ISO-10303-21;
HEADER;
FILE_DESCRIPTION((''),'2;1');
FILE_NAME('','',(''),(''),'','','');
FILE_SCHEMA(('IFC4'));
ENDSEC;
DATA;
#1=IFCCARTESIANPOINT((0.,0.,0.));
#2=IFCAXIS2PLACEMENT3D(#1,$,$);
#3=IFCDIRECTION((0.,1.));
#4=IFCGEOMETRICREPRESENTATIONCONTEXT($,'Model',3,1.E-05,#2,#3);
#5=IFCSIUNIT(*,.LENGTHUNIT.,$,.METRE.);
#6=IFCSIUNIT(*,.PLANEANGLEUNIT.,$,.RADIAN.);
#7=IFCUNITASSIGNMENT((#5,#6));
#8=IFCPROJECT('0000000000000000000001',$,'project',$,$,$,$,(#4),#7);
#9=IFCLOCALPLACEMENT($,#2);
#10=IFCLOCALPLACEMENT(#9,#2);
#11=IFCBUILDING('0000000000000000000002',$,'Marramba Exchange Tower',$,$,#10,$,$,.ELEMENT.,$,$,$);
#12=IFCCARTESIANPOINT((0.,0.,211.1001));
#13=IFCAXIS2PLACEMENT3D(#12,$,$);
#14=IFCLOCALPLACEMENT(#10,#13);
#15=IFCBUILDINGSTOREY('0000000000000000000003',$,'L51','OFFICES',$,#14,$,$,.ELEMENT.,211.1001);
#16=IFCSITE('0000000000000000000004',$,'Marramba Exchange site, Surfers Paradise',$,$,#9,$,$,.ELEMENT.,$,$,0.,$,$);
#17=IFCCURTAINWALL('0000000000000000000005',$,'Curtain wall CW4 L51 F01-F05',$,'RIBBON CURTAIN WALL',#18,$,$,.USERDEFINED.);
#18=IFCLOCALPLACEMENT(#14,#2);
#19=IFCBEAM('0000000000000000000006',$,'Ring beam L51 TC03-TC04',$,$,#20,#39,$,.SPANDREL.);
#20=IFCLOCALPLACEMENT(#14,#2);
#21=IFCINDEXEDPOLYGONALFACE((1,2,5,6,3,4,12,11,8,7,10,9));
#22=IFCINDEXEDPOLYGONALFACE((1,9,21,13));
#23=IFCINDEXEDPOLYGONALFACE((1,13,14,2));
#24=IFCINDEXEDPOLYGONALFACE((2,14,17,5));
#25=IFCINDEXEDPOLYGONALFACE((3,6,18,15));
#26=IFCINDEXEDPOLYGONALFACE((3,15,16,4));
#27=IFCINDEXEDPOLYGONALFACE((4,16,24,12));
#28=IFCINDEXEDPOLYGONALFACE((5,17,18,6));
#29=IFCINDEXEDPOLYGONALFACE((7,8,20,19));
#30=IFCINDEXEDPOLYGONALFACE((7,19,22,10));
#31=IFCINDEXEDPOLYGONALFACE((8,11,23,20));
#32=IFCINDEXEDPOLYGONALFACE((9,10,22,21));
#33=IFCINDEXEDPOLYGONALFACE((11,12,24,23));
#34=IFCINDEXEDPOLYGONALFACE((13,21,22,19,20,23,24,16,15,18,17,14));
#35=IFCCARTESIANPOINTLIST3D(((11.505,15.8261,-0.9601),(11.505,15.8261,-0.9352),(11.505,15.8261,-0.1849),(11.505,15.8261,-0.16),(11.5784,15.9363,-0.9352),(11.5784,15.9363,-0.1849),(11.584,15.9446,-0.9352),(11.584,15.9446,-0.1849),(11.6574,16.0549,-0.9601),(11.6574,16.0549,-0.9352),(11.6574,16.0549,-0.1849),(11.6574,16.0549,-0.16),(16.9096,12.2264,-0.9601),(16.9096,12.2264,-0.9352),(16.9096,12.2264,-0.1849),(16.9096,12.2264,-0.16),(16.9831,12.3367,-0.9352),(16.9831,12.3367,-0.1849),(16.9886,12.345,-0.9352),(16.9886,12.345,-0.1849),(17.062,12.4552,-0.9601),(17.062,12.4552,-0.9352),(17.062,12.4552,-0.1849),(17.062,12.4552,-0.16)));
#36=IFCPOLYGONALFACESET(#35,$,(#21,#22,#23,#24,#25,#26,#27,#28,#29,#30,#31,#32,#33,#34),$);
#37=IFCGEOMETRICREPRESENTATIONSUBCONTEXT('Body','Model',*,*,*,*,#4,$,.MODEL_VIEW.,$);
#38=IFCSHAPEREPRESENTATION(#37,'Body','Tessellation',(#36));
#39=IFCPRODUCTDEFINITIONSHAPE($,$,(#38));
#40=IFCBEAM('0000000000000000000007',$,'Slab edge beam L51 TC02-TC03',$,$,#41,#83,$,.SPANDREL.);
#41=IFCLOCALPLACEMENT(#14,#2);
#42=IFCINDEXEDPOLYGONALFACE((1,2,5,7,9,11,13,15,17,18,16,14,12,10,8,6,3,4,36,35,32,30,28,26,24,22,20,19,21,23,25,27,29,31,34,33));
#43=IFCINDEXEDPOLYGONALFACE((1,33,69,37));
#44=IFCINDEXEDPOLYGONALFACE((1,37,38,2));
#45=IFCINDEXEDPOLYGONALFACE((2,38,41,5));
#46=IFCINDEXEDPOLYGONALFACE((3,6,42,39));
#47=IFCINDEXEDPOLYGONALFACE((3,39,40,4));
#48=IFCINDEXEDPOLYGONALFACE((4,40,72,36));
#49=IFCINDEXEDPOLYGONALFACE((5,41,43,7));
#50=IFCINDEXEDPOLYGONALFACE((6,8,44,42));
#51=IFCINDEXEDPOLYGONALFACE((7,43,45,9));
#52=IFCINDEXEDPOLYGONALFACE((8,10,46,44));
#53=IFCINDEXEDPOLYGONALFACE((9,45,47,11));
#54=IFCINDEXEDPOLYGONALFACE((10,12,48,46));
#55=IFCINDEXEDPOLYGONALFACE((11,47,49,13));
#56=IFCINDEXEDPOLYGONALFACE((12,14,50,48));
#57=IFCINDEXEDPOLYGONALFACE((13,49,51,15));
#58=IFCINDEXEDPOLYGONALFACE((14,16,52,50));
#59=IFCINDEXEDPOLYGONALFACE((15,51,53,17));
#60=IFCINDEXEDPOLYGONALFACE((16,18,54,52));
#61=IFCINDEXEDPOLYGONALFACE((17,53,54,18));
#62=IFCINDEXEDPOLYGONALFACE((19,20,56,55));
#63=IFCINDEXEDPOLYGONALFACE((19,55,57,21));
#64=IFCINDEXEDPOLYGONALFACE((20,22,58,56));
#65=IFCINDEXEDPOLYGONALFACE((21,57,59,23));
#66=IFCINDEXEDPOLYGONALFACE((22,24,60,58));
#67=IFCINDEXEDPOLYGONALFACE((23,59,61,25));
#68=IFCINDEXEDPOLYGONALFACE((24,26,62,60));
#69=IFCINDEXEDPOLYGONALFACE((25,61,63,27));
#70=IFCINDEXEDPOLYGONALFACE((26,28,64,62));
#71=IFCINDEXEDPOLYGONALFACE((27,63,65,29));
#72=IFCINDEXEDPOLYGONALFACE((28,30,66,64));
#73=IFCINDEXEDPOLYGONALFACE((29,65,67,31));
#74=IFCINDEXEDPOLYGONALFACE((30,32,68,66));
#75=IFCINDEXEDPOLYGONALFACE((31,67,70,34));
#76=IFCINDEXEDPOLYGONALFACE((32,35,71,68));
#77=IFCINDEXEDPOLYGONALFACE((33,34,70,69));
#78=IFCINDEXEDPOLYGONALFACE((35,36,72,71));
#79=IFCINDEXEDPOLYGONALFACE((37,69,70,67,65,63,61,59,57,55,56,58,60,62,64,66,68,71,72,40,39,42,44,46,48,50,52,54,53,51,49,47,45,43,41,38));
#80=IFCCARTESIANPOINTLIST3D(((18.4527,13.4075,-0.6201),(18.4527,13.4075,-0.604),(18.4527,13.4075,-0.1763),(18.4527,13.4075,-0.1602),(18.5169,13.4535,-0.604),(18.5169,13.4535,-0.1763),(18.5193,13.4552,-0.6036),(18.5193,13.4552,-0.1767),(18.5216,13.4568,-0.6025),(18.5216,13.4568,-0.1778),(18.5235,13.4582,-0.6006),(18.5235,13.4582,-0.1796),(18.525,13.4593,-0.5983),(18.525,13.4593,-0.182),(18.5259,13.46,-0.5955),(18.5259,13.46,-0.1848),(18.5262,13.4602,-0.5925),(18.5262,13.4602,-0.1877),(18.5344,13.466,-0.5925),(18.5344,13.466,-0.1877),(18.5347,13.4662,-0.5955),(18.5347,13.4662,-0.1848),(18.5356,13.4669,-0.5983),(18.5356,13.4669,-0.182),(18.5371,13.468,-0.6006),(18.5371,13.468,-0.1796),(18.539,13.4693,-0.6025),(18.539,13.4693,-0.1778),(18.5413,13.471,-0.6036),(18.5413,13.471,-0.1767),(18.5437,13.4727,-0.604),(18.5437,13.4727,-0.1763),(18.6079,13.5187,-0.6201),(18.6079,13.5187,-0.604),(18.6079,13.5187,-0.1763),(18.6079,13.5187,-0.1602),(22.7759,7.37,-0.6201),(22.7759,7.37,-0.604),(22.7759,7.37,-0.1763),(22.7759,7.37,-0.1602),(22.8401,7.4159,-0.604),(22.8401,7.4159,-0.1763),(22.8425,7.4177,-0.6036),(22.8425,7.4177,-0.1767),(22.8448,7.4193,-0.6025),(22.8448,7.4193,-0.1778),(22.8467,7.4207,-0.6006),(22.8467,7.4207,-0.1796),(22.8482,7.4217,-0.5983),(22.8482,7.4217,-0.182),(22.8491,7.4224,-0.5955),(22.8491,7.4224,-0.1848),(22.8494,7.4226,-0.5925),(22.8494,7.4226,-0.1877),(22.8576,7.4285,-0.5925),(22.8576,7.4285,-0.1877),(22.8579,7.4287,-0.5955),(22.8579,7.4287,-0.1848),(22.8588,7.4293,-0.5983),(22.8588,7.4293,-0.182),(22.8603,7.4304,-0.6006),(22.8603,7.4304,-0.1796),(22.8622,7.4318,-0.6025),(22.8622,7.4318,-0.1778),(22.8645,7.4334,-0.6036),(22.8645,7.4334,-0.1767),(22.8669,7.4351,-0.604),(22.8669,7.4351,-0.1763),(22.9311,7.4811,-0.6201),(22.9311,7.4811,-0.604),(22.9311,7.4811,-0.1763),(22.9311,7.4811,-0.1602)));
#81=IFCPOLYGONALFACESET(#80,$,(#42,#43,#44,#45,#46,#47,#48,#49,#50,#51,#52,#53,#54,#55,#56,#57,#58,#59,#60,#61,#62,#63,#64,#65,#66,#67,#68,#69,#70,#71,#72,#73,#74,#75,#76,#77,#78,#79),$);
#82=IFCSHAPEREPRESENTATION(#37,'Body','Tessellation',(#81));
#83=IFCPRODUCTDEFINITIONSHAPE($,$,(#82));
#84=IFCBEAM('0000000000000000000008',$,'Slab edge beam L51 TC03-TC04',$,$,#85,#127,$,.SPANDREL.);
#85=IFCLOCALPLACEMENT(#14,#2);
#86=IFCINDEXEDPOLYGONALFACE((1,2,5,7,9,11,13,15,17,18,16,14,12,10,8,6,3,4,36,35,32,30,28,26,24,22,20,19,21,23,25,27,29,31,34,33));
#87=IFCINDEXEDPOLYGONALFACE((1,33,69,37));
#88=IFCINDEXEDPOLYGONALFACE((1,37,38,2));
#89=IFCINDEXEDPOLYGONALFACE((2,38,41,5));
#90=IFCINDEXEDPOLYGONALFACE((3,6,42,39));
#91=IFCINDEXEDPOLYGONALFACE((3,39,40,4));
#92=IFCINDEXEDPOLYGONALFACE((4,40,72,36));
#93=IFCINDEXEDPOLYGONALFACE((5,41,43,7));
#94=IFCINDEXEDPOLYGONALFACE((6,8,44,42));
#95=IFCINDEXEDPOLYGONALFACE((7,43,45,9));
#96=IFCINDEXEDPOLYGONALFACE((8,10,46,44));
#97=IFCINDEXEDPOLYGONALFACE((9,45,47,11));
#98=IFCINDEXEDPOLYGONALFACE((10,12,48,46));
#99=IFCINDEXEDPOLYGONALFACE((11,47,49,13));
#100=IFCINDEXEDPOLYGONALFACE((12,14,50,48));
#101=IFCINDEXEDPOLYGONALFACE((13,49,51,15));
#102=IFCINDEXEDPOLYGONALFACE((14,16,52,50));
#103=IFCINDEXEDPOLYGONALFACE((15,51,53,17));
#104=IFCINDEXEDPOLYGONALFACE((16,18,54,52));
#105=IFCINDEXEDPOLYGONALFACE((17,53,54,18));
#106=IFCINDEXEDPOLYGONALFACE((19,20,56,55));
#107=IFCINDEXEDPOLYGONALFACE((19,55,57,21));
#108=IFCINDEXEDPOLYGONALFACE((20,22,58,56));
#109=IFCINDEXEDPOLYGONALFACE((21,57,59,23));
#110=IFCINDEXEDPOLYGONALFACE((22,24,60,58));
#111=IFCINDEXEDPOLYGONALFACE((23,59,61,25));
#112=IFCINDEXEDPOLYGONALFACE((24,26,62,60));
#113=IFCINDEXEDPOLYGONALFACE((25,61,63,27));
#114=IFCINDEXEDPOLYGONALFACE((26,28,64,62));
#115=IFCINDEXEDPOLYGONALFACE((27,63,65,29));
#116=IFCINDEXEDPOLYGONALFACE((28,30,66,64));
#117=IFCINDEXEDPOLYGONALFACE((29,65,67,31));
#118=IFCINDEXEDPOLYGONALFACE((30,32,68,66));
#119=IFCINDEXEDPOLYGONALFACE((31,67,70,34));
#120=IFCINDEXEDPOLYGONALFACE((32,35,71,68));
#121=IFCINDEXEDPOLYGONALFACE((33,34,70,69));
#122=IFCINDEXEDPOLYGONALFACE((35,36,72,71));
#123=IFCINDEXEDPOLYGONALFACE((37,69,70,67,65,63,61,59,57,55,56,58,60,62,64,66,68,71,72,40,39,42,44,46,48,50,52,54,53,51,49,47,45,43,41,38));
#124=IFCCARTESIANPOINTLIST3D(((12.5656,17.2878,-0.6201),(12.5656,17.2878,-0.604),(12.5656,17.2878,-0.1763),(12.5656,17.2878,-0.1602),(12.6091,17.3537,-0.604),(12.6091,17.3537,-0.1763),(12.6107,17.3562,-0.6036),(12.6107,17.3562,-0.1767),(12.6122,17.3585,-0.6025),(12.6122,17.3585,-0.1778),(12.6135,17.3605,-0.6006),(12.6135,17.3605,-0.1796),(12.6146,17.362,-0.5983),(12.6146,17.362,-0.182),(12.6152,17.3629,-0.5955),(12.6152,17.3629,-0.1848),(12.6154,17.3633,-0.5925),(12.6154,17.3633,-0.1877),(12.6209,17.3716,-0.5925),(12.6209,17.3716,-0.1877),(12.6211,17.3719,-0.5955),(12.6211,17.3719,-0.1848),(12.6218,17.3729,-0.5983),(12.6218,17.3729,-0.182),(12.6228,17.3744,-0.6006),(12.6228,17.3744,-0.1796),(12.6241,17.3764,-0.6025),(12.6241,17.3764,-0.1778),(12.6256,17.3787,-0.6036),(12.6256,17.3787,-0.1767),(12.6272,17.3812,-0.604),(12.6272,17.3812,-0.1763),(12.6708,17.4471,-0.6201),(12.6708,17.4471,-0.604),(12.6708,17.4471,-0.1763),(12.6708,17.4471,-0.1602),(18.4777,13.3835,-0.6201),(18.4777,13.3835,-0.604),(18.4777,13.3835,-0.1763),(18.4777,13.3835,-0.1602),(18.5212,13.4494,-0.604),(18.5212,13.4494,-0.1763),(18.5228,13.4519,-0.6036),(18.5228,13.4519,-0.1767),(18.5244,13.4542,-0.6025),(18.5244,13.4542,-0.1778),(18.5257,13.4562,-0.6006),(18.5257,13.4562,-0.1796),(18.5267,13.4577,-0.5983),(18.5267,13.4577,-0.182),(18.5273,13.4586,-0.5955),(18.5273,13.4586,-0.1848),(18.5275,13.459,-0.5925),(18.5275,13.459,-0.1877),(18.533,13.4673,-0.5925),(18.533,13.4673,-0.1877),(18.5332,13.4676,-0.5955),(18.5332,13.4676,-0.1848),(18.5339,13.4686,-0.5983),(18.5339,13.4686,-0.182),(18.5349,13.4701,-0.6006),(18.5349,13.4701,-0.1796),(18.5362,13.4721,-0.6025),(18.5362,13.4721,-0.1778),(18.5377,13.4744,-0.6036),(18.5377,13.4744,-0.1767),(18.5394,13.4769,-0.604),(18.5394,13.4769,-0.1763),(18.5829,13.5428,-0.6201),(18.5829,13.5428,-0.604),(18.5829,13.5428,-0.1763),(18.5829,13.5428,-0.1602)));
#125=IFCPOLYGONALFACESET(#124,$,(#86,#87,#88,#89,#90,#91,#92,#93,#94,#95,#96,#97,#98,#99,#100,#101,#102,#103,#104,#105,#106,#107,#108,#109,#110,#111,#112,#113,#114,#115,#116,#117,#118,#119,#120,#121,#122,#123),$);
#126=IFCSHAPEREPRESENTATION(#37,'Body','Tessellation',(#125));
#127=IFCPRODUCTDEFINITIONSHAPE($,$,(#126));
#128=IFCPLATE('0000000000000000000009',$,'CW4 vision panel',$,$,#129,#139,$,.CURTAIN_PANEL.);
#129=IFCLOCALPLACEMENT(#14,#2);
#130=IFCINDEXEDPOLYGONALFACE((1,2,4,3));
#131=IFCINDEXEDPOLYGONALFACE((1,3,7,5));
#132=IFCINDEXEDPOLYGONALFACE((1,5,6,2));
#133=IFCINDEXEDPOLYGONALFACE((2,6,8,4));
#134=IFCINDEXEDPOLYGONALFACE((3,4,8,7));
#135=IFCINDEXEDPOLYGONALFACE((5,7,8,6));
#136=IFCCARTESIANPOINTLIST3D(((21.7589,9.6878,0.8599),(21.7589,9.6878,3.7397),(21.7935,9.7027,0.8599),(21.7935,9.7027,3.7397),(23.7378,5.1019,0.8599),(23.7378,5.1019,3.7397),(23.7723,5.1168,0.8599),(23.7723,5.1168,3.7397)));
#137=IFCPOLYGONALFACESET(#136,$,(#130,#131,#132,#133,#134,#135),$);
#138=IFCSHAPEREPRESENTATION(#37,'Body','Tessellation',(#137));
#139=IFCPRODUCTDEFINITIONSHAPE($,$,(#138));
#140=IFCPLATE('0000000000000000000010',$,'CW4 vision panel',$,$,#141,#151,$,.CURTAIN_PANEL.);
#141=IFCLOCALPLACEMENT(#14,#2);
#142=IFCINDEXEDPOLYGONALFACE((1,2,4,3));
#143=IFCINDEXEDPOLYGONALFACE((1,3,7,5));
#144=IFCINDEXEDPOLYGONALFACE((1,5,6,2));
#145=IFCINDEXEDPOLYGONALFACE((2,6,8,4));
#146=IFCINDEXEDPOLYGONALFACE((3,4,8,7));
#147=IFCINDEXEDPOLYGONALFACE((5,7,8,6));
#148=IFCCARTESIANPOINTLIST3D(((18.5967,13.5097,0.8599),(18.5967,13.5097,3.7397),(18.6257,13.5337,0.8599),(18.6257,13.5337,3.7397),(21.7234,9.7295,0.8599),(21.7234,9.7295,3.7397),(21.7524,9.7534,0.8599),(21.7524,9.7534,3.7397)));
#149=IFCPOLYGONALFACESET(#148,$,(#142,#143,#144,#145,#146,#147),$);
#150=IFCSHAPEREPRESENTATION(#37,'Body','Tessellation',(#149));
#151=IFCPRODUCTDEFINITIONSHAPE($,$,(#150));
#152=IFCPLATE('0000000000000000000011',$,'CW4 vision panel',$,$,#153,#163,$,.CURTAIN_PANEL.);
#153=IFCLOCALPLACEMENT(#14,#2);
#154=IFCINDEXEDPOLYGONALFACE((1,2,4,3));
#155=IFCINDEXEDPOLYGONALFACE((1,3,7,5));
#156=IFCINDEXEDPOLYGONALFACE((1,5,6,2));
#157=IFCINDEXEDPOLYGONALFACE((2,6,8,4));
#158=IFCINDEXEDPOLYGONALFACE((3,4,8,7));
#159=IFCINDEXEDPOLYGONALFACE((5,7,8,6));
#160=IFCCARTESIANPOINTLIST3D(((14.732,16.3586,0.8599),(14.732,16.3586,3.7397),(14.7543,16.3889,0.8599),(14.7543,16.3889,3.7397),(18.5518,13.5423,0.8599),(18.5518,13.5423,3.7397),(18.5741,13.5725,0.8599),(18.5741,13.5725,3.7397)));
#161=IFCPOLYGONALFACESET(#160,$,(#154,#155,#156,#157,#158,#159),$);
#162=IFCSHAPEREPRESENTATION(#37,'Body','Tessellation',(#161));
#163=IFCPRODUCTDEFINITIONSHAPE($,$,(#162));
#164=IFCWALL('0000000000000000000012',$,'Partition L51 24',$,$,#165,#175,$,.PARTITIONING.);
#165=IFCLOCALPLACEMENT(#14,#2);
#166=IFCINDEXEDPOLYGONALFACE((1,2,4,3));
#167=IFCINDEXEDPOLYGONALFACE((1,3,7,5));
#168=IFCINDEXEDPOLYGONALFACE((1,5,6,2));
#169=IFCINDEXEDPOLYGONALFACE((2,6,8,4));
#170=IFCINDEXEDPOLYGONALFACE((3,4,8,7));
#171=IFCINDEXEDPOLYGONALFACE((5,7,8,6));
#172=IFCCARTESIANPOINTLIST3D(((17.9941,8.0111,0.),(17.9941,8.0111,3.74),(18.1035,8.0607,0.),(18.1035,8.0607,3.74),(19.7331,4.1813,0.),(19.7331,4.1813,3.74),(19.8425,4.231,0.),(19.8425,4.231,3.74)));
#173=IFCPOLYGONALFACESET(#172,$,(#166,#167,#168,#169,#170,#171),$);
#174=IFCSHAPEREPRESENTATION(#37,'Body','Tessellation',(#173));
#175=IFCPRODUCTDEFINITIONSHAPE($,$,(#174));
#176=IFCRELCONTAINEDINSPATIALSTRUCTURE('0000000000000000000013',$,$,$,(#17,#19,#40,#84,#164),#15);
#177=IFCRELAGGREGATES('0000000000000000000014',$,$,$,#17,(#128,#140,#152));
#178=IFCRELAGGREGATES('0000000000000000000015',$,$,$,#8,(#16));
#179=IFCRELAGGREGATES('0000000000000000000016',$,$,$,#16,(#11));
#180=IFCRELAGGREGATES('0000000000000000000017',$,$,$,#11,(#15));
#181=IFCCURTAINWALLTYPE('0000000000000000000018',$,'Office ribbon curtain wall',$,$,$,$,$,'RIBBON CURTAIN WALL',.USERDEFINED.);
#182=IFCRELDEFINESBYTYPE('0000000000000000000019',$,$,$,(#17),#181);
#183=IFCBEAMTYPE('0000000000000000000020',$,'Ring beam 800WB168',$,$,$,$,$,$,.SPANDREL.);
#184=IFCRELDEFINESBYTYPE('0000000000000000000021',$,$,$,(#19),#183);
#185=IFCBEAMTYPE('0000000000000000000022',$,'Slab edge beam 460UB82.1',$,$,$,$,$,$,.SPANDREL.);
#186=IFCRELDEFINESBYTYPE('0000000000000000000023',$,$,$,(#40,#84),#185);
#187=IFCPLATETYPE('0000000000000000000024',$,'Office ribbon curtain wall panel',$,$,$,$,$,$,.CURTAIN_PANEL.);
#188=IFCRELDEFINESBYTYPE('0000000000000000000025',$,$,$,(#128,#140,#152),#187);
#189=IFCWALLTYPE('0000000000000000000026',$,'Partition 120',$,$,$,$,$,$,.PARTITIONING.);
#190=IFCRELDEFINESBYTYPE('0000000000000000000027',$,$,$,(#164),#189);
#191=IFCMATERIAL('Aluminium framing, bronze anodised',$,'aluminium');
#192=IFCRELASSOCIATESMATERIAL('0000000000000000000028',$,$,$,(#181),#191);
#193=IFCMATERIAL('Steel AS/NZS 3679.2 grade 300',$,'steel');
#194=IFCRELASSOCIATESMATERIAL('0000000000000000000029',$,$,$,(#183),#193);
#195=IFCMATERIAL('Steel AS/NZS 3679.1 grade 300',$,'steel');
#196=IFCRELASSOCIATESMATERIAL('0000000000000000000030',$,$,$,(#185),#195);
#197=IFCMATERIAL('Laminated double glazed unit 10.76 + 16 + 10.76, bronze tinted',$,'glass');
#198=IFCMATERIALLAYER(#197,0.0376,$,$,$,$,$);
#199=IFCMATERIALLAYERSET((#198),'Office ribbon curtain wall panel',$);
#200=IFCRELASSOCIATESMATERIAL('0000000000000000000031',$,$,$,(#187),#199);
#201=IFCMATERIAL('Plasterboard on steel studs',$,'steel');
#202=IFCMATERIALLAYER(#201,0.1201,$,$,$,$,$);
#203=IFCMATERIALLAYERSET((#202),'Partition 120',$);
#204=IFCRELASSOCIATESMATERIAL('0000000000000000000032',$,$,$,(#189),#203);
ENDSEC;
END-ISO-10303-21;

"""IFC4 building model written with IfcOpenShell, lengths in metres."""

from ifc_helpers import new_model, si_unit, direction, frame, frame_2d, origin, origin_2d, place, context, subcontext, project, spatial, rectangle, i_section, extrude, material, layer, layer_set, material_profile, profile_set, type_object, element, aggregate, save


model = new_model("IFC4")

# Units and contexts
model_context = context("Model", 3, precision=1e-05, world=origin(), true_north=direction((0.0, 1.0)))
body_context = subcontext(model_context, "Body", "Model", "MODEL_VIEW")
ifc_project = project(units=[si_unit("LENGTHUNIT", "METRE"), si_unit("PLANEANGLEUNIT", "RADIAN")], contexts=[model_context])

# Site, building, storey
site_placement = place(None, origin())
site = spatial("IfcSite", under=ifc_project, at=site_placement, Name="Marramba Exchange site, Surfers Paradise", CompositionType="ELEMENT", RefElevation=0.0)
building_placement = place(site_placement, origin())
building = spatial("IfcBuilding", under=site, at=building_placement, Name="Marramba Exchange Tower", CompositionType="ELEMENT")
storey_placement = place(building_placement, frame((0.0, 0.0, 211.1001)))
storey = spatial("IfcBuildingStorey", under=building, at=storey_placement, Name="L51", Description="OFFICES", CompositionType="ELEMENT", Elevation=211.1001)

# Shared definitions
ifc_material_1 = material(Name="Steel AS/NZS 3679.2 grade 300", Category="steel")
ifc_material_2 = material(Name="Steel AS/NZS 3679.1 grade 300", Category="steel")

# Curtain wall
ifc_material_3 = material(Name="Aluminium framing, bronze anodised", Category="aluminium")
curtain_wall_type = type_object("IfcCurtainWallType", Name="Office ribbon curtain wall", ElementType="RIBBON CURTAIN WALL", PredefinedType="USERDEFINED", material=ifc_material_3)
curtain_wall_placement = place(storey_placement, origin())
curtain_wall = element("IfcCurtainWall", 1, at=curtain_wall_placement, inside=storey, type_object=curtain_wall_type, Name="Curtain wall CW4 L51 F01-F05", ObjectType="RIBBON CURTAIN WALL", PredefinedType="USERDEFINED")

# Beams
ifc_material_profile_1 = material_profile(ifc_material_1, i_section(OverallWidth=0.2749, OverallDepth=0.8, WebThickness=0.01, FlangeThickness=0.0249, at=origin_2d()), Name="800WB168")
ifc_profile_set_1 = profile_set([ifc_material_profile_1], Name="Steel AS/NZS 3679.2 grade 300")
beam_type_1 = type_object("IfcBeamType", Name="Ring beam 800WB168", PredefinedType="SPANDREL", material=ifc_profile_set_1)
beam_1_placement = place(storey_placement, frame((16.9858, 12.3408, -0.5601), z_axis=(-0.832293, 0.554336, 0.0), x_axis=(-0.554336, -0.832293, 0.0)))
element("IfcBeam", 2, at=beam_1_placement, inside=storey, type_object=beam_type_1, Name="Ring beam L51 TC03-TC04", PredefinedType="SPANDREL", context=body_context, shape_type="SweptSolid", body=[
    extrude(i_section(OverallWidth=0.2749, OverallDepth=0.8, WebThickness=0.01, FlangeThickness=0.0249, at=origin_2d()), origin(), (0.0, 0.0, 1.0), 6.4937),
])
ifc_material_profile_2 = material_profile(ifc_material_2, i_section(OverallWidth=0.1909, OverallDepth=0.46, WebThickness=0.01, FlangeThickness=0.0161, FilletRadius=0.0115, at=origin_2d()), Name="460UB82.1")
ifc_profile_set_2 = profile_set([ifc_material_profile_2], Name="Steel AS/NZS 3679.1 grade 300")
beam_type_2 = type_object("IfcBeamType", Name="Slab edge beam 460UB82.1", PredefinedType="SPANDREL", material=ifc_profile_set_2)
beam_2_placement = place(storey_placement, frame((22.8535, 7.4255, -0.3901), z_axis=(-0.582189, 0.813053, 0.0), x_axis=(-0.813053, -0.582189, 0.0)))
element("IfcBeam", 3, at=beam_2_placement, inside=storey, type_object=beam_type_2, Name="Slab edge beam L51 TC02-TC03", PredefinedType="SPANDREL", context=body_context, shape_type="SweptSolid", body=[
    extrude(i_section(OverallWidth=0.1909, OverallDepth=0.46, WebThickness=0.01, FlangeThickness=0.0161, FilletRadius=0.0115, at=origin_2d()), origin(), (0.0, 0.0, 1.0), 7.4258),
])
beam_3_placement = place(storey_placement, frame((18.5303, 13.4631, -0.3901), z_axis=(-0.83446, 0.551069, 0.0), x_axis=(-0.551069, -0.83446, 0.0)))
element("IfcBeam", 4, at=beam_3_placement, inside=storey, type_object=beam_type_2, Name="Slab edge beam L51 TC03-TC04", PredefinedType="SPANDREL", context=body_context, shape_type="SweptSolid", body=[
    extrude(i_section(OverallWidth=0.1909, OverallDepth=0.46, WebThickness=0.01, FlangeThickness=0.0161, FilletRadius=0.0115, at=origin_2d()), origin(), (0.0, 0.0, 1.0), 7.085),
])

# Plates
ifc_material_4 = material(Name="Laminated double glazed unit 10.76 + 16 + 10.76, bronze tinted", Category="glass")
ifc_layer_1 = layer(ifc_material_4, 0.0376)
ifc_layer_set_1 = layer_set([ifc_layer_1], Name="Office ribbon curtain wall panel")
plate_type = type_object("IfcPlateType", Name="Office ribbon curtain wall panel", PredefinedType="CURTAIN_PANEL", material=ifc_layer_set_1)
plate_1_placement = place(storey_placement, frame((22.7656, 7.4023, 0.8599), z_axis=(0.0, 0.0, 1.0), x_axis=(-0.396193, 0.918167, 0.0)))
plate_1 = element("IfcPlate", 5, at=plate_1_placement, type_object=plate_type, Name="CW4 vision panel", PredefinedType="CURTAIN_PANEL", context=body_context, shape_type="SweptSolid", body=[
    extrude(rectangle(XDim=4.9946, YDim=0.0376, at=origin_2d()), origin(), (0.0, 0.0, 1.0), 2.8799),
])
plate_2_placement = place(storey_placement, frame((20.1746, 11.6316, 0.8599), z_axis=(0.0, 0.0, 1.0), x_axis=(-0.63735, 0.770574, 0.0)))
plate_2 = element("IfcPlate", 6, at=plate_2_placement, type_object=plate_type, Name="CW4 vision panel", PredefinedType="CURTAIN_PANEL", context=body_context, shape_type="SweptSolid", body=[
    extrude(rectangle(XDim=4.9058, YDim=0.0376, at=origin_2d()), origin(), (0.0, 0.0, 1.0), 2.8799),
])
plate_3_placement = place(storey_placement, frame((16.6531, 14.9656, 0.8599), z_axis=(0.0, 0.0, 1.0), x_axis=(-0.804877, 0.593441, 0.0)))
plate_3 = element("IfcPlate", 7, at=plate_3_placement, type_object=plate_type, Name="CW4 vision panel", PredefinedType="CURTAIN_PANEL", context=body_context, shape_type="SweptSolid", body=[
    extrude(rectangle(XDim=4.7458, YDim=0.0376, at=origin_2d()), origin(), (0.0, 0.0, 1.0), 2.8799),
])
aggregate(curtain_wall, [plate_1, plate_2, plate_3])

# Wall
ifc_material_5 = material(Name="Plasterboard on steel studs", Category="steel")
ifc_layer_2 = layer(ifc_material_5, 0.1201)
ifc_layer_set_2 = layer_set([ifc_layer_2], Name="Partition 120")
wall_type_1 = type_object("IfcWallType", Name="Partition 120", PredefinedType="PARTITIONING", material=ifc_layer_set_2)
wall_1_placement = place(storey_placement, frame((18.0488, 8.0359, 0.0), z_axis=(0.0, 0.0, 1.0), x_axis=(0.413444, -0.910529, 0.0)))
element("IfcWall", 8, at=wall_1_placement, inside=storey, type_object=wall_type_1, Name="Partition L51 24", PredefinedType="PARTITIONING", context=body_context, shape_type="SweptSolid", body=[
    extrude(rectangle(XDim=4.2061, YDim=0.1201, at=frame_2d((2.103, 0.0))), origin(), (0.0, 0.0, 1.0), 3.74),
])

save(model, "model.ifc")
